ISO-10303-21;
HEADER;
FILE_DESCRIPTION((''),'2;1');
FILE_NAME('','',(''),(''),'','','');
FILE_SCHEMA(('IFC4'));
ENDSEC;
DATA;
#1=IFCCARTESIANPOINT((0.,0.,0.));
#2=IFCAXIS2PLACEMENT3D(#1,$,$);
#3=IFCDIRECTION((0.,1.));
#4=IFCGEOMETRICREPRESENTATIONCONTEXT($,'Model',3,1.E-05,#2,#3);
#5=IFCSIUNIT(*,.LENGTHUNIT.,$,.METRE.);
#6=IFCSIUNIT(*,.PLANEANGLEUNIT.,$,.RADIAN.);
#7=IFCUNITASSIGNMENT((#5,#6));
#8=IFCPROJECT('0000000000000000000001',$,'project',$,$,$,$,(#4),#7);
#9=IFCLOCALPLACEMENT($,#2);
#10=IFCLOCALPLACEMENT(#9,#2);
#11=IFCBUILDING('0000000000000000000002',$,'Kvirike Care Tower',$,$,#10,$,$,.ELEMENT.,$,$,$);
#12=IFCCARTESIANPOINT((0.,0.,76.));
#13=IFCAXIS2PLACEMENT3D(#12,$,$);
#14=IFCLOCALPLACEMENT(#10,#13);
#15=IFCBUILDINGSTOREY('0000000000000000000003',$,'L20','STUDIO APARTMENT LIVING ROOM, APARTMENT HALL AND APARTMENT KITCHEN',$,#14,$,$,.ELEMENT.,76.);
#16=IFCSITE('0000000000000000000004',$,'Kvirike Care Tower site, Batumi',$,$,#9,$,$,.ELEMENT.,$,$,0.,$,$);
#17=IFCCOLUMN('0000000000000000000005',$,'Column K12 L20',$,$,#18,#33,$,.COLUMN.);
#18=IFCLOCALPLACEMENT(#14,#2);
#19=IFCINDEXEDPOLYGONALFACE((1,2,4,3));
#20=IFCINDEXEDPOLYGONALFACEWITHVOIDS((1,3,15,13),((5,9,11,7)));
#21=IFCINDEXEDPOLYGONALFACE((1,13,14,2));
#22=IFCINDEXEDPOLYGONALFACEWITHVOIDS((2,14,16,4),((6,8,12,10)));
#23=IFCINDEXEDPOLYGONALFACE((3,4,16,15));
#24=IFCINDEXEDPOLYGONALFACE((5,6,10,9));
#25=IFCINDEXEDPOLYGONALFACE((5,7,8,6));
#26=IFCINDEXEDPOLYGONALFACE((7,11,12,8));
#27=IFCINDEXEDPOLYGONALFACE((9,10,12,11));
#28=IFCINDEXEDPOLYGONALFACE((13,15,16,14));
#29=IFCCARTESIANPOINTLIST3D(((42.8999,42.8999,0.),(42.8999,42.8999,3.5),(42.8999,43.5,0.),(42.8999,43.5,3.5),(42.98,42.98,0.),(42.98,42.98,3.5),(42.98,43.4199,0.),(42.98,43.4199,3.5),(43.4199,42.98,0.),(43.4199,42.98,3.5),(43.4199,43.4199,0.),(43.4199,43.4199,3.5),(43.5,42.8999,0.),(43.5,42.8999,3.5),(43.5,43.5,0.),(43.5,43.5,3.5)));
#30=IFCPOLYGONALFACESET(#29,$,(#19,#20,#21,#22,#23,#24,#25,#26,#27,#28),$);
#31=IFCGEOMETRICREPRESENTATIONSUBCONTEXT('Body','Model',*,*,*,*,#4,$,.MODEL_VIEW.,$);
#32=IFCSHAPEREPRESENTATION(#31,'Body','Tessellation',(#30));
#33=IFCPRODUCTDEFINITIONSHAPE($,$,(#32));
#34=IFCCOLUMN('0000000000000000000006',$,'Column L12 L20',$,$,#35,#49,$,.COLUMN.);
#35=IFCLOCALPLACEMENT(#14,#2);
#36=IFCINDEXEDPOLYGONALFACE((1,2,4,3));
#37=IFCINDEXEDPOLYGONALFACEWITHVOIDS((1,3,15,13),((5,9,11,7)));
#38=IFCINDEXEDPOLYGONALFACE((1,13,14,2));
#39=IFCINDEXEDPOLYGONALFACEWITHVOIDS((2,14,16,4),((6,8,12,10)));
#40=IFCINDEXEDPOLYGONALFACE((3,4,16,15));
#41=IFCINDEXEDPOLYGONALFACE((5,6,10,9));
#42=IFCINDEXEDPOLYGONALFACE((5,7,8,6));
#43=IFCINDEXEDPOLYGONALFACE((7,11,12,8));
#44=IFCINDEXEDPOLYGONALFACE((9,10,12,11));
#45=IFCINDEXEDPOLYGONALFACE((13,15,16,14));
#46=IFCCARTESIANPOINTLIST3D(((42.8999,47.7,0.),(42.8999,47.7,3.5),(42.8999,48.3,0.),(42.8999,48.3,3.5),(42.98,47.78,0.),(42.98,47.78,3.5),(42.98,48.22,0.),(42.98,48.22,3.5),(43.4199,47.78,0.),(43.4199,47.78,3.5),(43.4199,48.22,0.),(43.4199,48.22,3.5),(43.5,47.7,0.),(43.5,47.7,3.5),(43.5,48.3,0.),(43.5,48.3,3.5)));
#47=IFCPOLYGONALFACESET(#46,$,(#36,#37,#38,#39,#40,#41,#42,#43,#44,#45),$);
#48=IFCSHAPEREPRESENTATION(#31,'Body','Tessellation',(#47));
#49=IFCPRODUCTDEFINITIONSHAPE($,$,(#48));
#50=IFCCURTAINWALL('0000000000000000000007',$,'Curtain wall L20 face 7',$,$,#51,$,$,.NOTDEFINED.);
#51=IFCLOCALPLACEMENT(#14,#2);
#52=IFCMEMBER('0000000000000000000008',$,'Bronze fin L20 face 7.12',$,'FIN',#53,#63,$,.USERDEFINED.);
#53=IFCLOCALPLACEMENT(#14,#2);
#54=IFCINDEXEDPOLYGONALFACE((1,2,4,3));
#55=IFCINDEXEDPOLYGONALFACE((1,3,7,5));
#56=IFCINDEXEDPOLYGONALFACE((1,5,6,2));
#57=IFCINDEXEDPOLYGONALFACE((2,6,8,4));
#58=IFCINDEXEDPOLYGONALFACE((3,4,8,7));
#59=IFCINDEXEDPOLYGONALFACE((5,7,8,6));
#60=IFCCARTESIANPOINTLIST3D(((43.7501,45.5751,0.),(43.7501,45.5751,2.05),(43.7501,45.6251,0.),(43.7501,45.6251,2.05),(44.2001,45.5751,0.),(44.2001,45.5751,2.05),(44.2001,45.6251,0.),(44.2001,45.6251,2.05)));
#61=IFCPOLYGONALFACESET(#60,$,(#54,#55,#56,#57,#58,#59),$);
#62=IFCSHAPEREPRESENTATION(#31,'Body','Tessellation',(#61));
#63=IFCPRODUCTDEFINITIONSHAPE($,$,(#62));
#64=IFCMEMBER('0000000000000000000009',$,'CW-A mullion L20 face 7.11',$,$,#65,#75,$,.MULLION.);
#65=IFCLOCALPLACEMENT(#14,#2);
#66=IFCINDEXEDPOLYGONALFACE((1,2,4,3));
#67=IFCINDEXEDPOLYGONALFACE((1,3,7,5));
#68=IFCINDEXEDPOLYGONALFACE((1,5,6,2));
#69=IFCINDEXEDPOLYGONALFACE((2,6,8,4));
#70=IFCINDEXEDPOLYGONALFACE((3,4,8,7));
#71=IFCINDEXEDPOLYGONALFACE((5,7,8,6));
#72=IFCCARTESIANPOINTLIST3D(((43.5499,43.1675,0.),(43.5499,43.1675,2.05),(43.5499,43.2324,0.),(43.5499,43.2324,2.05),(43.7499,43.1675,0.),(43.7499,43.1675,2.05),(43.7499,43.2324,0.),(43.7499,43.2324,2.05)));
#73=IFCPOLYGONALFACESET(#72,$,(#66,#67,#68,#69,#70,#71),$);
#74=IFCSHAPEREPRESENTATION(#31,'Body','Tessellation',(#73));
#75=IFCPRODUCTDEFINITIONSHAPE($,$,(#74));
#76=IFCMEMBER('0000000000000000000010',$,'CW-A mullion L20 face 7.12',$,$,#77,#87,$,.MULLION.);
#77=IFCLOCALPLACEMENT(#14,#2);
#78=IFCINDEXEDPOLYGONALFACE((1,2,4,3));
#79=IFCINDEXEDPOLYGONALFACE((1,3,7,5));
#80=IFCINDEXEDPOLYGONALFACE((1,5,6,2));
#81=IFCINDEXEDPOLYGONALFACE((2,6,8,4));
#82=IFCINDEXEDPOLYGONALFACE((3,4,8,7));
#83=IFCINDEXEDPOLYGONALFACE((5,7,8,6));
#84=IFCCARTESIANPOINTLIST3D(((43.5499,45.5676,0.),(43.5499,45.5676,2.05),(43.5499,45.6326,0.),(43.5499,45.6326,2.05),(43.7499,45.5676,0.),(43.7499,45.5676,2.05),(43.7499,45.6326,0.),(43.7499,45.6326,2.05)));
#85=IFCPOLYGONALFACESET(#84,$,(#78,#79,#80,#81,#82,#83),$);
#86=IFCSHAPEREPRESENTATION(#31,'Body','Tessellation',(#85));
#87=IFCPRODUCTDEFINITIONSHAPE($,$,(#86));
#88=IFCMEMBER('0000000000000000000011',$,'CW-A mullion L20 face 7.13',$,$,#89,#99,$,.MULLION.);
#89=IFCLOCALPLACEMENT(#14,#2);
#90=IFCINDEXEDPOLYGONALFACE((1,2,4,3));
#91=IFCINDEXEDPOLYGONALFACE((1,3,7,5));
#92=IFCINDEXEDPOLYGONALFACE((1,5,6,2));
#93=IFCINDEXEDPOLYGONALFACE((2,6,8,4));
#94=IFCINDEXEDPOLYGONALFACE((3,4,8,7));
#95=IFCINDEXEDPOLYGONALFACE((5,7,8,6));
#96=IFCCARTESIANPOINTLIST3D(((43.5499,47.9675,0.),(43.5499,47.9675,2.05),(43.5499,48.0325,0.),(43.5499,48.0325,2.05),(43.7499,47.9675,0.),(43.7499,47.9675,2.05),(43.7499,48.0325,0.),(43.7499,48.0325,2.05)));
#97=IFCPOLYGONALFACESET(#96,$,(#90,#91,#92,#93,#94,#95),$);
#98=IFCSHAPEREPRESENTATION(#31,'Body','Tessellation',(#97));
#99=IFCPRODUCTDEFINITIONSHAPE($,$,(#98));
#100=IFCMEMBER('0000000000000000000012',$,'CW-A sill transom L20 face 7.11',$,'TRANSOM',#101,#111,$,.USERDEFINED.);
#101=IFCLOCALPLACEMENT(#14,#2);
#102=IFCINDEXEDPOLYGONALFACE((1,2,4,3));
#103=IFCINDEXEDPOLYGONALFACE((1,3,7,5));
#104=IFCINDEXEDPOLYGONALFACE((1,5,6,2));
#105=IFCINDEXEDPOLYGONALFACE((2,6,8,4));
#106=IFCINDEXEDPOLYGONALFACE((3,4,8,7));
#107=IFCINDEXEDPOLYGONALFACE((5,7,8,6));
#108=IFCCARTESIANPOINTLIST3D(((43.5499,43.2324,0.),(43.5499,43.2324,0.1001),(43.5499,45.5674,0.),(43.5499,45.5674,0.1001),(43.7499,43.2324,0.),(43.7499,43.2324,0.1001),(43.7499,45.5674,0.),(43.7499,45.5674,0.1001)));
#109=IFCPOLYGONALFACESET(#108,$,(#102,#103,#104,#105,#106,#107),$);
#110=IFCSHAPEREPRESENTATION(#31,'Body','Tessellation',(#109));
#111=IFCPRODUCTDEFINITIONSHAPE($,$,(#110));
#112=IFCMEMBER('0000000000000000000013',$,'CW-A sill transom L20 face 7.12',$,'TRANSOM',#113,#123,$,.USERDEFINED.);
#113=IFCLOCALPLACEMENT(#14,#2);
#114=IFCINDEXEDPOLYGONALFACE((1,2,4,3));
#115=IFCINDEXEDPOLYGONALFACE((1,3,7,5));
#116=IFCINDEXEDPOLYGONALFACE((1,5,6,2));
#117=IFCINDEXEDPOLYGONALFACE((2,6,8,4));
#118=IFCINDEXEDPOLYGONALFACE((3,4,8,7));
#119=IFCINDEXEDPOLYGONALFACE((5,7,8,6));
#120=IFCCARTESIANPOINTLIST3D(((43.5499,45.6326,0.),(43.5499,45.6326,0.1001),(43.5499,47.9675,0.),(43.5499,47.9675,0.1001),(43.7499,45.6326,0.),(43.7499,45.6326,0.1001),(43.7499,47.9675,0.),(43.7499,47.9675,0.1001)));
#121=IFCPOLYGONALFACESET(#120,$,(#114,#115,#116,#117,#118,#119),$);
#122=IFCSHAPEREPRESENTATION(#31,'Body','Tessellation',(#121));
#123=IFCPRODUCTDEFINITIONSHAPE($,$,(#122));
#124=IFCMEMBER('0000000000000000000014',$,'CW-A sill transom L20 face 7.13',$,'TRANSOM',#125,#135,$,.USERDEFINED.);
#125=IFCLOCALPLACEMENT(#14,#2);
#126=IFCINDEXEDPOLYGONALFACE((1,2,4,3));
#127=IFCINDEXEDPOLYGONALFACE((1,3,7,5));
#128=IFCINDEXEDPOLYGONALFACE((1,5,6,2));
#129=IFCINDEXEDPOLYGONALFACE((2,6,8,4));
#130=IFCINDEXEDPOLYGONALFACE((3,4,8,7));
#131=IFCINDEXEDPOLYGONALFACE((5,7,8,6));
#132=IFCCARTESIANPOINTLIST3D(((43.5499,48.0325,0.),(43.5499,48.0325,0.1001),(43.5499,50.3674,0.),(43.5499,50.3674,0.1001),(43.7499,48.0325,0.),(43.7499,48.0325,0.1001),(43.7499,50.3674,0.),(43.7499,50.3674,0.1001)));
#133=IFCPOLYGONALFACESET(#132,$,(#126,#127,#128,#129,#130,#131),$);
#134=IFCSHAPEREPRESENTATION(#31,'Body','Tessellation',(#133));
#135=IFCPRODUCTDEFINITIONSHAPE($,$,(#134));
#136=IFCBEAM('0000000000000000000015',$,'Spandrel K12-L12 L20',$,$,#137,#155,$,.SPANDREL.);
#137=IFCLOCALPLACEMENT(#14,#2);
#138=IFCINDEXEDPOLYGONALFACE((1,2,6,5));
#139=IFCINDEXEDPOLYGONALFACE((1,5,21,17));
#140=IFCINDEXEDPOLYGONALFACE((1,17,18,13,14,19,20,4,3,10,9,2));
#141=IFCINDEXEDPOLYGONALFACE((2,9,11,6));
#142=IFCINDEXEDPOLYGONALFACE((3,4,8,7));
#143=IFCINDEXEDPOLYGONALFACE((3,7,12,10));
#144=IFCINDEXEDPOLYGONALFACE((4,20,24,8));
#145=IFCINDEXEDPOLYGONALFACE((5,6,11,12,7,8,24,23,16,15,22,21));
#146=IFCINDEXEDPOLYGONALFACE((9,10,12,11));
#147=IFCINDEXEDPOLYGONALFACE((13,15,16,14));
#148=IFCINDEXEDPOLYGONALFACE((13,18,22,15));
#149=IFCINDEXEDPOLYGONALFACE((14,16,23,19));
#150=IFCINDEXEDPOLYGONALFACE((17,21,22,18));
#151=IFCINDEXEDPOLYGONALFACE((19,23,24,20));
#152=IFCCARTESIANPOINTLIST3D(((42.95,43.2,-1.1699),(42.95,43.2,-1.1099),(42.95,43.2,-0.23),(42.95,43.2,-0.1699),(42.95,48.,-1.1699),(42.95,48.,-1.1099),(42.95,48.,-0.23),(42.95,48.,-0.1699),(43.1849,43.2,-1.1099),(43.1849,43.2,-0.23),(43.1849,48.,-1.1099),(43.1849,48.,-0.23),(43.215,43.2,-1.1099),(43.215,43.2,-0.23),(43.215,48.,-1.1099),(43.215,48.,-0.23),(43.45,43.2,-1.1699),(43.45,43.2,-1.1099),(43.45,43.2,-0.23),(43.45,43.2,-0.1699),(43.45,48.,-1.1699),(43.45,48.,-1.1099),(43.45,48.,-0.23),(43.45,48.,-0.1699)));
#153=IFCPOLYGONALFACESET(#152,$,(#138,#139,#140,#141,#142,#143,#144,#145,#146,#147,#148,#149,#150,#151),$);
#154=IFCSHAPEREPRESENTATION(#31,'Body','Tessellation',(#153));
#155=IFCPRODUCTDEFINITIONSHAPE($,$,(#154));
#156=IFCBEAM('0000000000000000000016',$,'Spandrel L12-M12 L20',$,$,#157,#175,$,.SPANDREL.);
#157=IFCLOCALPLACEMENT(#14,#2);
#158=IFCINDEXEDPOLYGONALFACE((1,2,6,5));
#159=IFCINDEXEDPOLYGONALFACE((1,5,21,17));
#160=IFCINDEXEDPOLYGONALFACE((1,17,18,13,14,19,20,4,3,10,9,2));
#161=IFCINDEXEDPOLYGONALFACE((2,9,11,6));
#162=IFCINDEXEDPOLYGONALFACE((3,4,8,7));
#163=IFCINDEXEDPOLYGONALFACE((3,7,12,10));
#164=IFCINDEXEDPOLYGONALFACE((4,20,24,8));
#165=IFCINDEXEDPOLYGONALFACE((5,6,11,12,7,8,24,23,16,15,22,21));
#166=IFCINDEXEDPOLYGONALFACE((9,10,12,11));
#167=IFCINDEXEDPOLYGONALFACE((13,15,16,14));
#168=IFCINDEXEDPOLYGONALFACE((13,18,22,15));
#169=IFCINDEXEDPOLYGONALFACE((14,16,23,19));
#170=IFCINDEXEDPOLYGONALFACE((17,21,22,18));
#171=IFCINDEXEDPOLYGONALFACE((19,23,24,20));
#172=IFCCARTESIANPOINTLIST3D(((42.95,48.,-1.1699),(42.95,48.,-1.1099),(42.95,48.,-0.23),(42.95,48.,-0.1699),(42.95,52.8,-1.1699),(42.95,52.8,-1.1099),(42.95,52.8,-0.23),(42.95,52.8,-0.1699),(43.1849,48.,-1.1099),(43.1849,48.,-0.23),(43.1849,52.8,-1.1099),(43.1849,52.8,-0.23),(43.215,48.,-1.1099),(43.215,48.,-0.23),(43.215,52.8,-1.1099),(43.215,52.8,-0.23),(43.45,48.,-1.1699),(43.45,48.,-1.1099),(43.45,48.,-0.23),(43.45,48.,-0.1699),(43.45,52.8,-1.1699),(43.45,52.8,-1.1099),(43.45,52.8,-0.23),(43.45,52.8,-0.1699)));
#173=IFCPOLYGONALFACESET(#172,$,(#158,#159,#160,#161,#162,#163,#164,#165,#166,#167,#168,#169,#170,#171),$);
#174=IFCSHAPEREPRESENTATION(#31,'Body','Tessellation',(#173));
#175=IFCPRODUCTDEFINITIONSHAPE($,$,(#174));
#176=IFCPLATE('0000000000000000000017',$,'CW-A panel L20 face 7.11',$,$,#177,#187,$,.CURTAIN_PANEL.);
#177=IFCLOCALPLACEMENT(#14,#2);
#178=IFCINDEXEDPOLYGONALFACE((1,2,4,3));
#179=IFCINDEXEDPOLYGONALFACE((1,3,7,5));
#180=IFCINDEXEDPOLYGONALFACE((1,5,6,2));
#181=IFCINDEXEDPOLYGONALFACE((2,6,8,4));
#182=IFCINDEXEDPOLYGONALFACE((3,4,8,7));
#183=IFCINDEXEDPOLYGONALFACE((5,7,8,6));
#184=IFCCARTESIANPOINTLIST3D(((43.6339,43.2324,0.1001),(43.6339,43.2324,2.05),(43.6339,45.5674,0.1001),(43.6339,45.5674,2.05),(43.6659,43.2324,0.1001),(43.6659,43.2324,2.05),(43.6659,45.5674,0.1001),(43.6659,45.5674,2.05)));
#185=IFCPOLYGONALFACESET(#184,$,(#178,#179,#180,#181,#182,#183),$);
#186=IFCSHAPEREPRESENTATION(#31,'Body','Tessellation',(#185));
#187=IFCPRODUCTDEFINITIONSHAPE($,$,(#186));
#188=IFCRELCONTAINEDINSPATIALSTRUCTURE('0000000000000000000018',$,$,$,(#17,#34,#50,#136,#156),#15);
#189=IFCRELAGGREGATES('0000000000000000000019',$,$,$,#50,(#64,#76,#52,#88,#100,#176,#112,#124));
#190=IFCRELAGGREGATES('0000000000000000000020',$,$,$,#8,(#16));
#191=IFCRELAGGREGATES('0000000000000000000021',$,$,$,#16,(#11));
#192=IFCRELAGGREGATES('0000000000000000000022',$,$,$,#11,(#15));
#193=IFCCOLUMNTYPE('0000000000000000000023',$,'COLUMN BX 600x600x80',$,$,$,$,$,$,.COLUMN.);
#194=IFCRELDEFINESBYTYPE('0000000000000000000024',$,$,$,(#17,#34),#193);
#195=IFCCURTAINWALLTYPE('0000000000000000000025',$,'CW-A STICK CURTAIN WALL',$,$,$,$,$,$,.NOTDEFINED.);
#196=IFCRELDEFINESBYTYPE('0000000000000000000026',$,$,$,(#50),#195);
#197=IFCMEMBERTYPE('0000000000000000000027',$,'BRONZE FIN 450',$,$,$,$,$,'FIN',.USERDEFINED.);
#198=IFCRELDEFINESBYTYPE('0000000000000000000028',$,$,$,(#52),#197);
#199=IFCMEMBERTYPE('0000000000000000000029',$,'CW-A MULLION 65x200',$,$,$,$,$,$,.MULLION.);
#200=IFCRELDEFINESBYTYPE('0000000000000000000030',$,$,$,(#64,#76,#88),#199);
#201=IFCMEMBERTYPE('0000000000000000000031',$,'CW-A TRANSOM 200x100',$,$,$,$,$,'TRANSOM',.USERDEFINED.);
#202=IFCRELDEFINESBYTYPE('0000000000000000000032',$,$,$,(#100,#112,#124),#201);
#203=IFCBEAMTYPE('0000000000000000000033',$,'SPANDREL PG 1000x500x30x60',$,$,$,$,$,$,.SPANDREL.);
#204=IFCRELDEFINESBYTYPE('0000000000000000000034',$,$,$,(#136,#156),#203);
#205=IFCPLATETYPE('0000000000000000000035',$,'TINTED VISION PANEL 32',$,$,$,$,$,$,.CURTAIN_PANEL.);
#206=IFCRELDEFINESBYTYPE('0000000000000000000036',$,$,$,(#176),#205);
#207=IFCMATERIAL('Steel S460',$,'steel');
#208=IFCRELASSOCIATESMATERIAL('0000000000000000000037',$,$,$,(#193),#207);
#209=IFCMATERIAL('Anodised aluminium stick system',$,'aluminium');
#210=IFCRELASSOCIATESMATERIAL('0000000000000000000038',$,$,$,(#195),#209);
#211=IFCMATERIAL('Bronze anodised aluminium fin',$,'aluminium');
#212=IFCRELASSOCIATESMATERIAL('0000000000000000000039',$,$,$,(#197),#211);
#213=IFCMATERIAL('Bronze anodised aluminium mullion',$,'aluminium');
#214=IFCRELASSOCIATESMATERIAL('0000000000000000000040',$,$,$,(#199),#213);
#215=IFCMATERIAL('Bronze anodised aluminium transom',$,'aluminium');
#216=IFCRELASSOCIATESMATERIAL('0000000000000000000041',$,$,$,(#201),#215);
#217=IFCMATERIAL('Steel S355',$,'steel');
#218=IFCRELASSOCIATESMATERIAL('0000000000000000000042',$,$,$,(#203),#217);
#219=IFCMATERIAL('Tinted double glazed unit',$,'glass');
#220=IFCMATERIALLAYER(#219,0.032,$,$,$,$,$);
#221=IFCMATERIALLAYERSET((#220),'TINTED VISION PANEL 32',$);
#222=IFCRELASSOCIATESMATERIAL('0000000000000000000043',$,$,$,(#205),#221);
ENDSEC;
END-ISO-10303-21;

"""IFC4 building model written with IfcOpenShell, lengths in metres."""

from ifc_helpers import new_model, si_unit, direction, frame, origin, origin_2d, place, context, subcontext, project, spatial, rectangle, hollow_rectangle, i_section, extrude, material, layer, layer_set, material_profile, profile_set, type_object, element, aggregate, save


model = new_model("IFC4")

# Units and contexts
model_context = context("Model", 3, precision=1e-05, world=origin(), true_north=direction((0.0, 1.0)))
body_context = subcontext(model_context, "Body", "Model", "MODEL_VIEW")
ifc_project = project(units=[si_unit("LENGTHUNIT", "METRE"), si_unit("PLANEANGLEUNIT", "RADIAN")], contexts=[model_context])

# Site, building, storey
site_placement = place(None, origin())
site = spatial("IfcSite", under=ifc_project, at=site_placement, Name="Kvirike Care Tower site, Batumi", CompositionType="ELEMENT", RefElevation=0.0)
building_placement = place(site_placement, origin())
building = spatial("IfcBuilding", under=site, at=building_placement, Name="Kvirike Care Tower", CompositionType="ELEMENT")
storey_placement = place(building_placement, frame((0.0, 0.0, 76.0)))
storey = spatial("IfcBuildingStorey", under=building, at=storey_placement, Name="L20", Description="STUDIO APARTMENT LIVING ROOM, APARTMENT HALL AND APARTMENT KITCHEN", CompositionType="ELEMENT", Elevation=76.0)

# Columns
ifc_material_1 = material(Name="Steel S460", Category="steel")
ifc_material_profile_1 = material_profile(ifc_material_1, hollow_rectangle(XDim=0.6001, YDim=0.6001, WallThickness=0.0801, at=origin_2d()), Name="BX 600x600x80")
ifc_profile_set_1 = profile_set([ifc_material_profile_1], Name="Steel S460")
column_type = type_object("IfcColumnType", Name="COLUMN BX 600x600x80", PredefinedType="COLUMN", material=ifc_profile_set_1)
for number, where, z_axis, x_axis, name in (
    (1, (43.2, 43.2, 0.0), (0.0, 0.0, 1.0), (0.0, 1.0, 0.0), "Column K12 L20"),
    (2, (43.2, 48.0, 0.0), (0.0, 0.0, 1.0), (1.0, 0.0, 0.0), "Column L12 L20"),
):
    element("IfcColumn", number, at=place(storey_placement, frame(where, z_axis=z_axis, x_axis=x_axis)), inside=storey, type_object=column_type, Name=name, PredefinedType="COLUMN", context=body_context, shape_type="SweptSolid", body=[
        extrude(hollow_rectangle(XDim=0.6001, YDim=0.6001, WallThickness=0.0801, at=origin_2d()), origin(), (0.0, 0.0, 1.0), 3.5),
    ])

# Curtain wall, members
ifc_material_2 = material(Name="Anodised aluminium stick system", Category="aluminium")
curtain_wall_type = type_object("IfcCurtainWallType", Name="CW-A STICK CURTAIN WALL", PredefinedType="NOTDEFINED", material=ifc_material_2)
curtain_wall_placement = place(storey_placement, origin())
curtain_wall = element("IfcCurtainWall", 3, at=curtain_wall_placement, inside=storey, type_object=curtain_wall_type, Name="Curtain wall L20 face 7", PredefinedType="NOTDEFINED")
ifc_material_3 = material(Name="Bronze anodised aluminium fin", Category="aluminium")
ifc_material_profile_2 = material_profile(ifc_material_3, rectangle(XDim=0.05, YDim=0.45, at=origin_2d()), Name="BRONZE FIN 450")
ifc_profile_set_2 = profile_set([ifc_material_profile_2], Name="Bronze anodised aluminium fin")
member_type_1 = type_object("IfcMemberType", Name="BRONZE FIN 450", ElementType="FIN", PredefinedType="USERDEFINED", material=ifc_profile_set_2)
member_1_placement = place(storey_placement, frame((43.9751, 45.6001, 0.0), z_axis=(0.0, 0.0, 1.0), x_axis=(0.0, 1.0, 0.0)))
member_1 = element("IfcMember", 4, at=member_1_placement, type_object=member_type_1, Name="Bronze fin L20 face 7.12", ObjectType="FIN", PredefinedType="USERDEFINED", context=body_context, shape_type="SweptSolid", body=[
    extrude(rectangle(XDim=0.05, YDim=0.45, at=origin_2d()), origin(), (0.0, 0.0, 1.0), 2.05),
])
ifc_material_4 = material(Name="Bronze anodised aluminium mullion", Category="aluminium")
ifc_material_profile_3 = material_profile(ifc_material_4, rectangle(XDim=0.0649, YDim=0.2, at=origin_2d()), Name="CW-A MULLION 65x200")
ifc_profile_set_3 = profile_set([ifc_material_profile_3], Name="Bronze anodised aluminium mullion")
member_type_2 = type_object("IfcMemberType", Name="CW-A MULLION 65x200", PredefinedType="MULLION", material=ifc_profile_set_3)
member_2_placement = place(storey_placement, frame((43.6499, 43.2, 0.0), z_axis=(0.0, 0.0, 1.0), x_axis=(0.0, 1.0, 0.0)))
member_2 = element("IfcMember", 5, at=member_2_placement, type_object=member_type_2, Name="CW-A mullion L20 face 7.11", PredefinedType="MULLION", context=body_context, shape_type="SweptSolid", body=[
    extrude(rectangle(XDim=0.0649, YDim=0.2, at=origin_2d()), origin(), (0.0, 0.0, 1.0), 2.05),
])
member_3_placement = place(storey_placement, frame((43.6499, 45.6001, 0.0), z_axis=(0.0, 0.0, 1.0), x_axis=(0.0, 1.0, 0.0)))
member_3 = element("IfcMember", 6, at=member_3_placement, type_object=member_type_2, Name="CW-A mullion L20 face 7.12", PredefinedType="MULLION", context=body_context, shape_type="SweptSolid", body=[
    extrude(rectangle(XDim=0.0649, YDim=0.2, at=origin_2d()), origin(), (0.0, 0.0, 1.0), 2.05),
])
member_4_placement = place(storey_placement, frame((43.6499, 48.0, 0.0), z_axis=(0.0, 0.0, 1.0), x_axis=(0.0, 1.0, 0.0)))
member_4 = element("IfcMember", 7, at=member_4_placement, type_object=member_type_2, Name="CW-A mullion L20 face 7.13", PredefinedType="MULLION", context=body_context, shape_type="SweptSolid", body=[
    extrude(rectangle(XDim=0.0649, YDim=0.2, at=origin_2d()), origin(), (0.0, 0.0, 1.0), 2.05),
])
ifc_material_5 = material(Name="Bronze anodised aluminium transom", Category="aluminium")
ifc_material_profile_4 = material_profile(ifc_material_5, rectangle(XDim=0.2, YDim=0.1001, at=origin_2d()), Name="CW-A TRANSOM 200x100")
ifc_profile_set_4 = profile_set([ifc_material_profile_4], Name="Bronze anodised aluminium transom")
member_type_3 = type_object("IfcMemberType", Name="CW-A TRANSOM 200x100", ElementType="TRANSOM", PredefinedType="USERDEFINED", material=ifc_profile_set_4)
member_5_placement = place(storey_placement, frame((43.6499, 43.2324, 0.05), z_axis=(0.0, 1.0, 0.0), x_axis=(-1.0, 0.0, 0.0)))
member_5 = element("IfcMember", 8, at=member_5_placement, type_object=member_type_3, Name="CW-A sill transom L20 face 7.11", ObjectType="TRANSOM", PredefinedType="USERDEFINED", context=body_context, shape_type="SweptSolid", body=[
    extrude(rectangle(XDim=0.2, YDim=0.1001, at=origin_2d()), origin(), (0.0, 0.0, 1.0), 2.335),
])
member_6_placement = place(storey_placement, frame((43.6499, 45.6326, 0.05), z_axis=(0.0, 1.0, 0.0), x_axis=(-1.0, 0.0, 0.0)))
member_6 = element("IfcMember", 9, at=member_6_placement, type_object=member_type_3, Name="CW-A sill transom L20 face 7.12", ObjectType="TRANSOM", PredefinedType="USERDEFINED", context=body_context, shape_type="SweptSolid", body=[
    extrude(rectangle(XDim=0.2, YDim=0.1001, at=origin_2d()), origin(), (0.0, 0.0, 1.0), 2.335),
])
member_7_placement = place(storey_placement, frame((43.6499, 48.0325, 0.05), z_axis=(0.0, 1.0, 0.0), x_axis=(-1.0, 0.0, 0.0)))
member_7 = element("IfcMember", 10, at=member_7_placement, type_object=member_type_3, Name="CW-A sill transom L20 face 7.13", ObjectType="TRANSOM", PredefinedType="USERDEFINED", context=body_context, shape_type="SweptSolid", body=[
    extrude(rectangle(XDim=0.2, YDim=0.1001, at=origin_2d()), origin(), (0.0, 0.0, 1.0), 2.335),
])

# Beams
ifc_material_6 = material(Name="Steel S355", Category="steel")
ifc_material_profile_5 = material_profile(ifc_material_6, i_section(OverallWidth=0.5, OverallDepth=1.0, WebThickness=0.03, FlangeThickness=0.0601, at=origin_2d()), Name="PG 1000x500x30x60")
ifc_profile_set_5 = profile_set([ifc_material_profile_5], Name="Steel S355")
beam_type = type_object("IfcBeamType", Name="SPANDREL PG 1000x500x30x60", PredefinedType="SPANDREL", material=ifc_profile_set_5)
for number, where, z_axis, x_axis, name in (
    (11, (43.2, 43.2, -0.6699), (0.0, 1.0, 0.0), (-1.0, 0.0, 0.0), "Spandrel K12-L12 L20"),
    (12, (43.2, 48.0, -0.6699), (0.0, 1.0, 0.0), (-1.0, 0.0, 0.0), "Spandrel L12-M12 L20"),
):
    element("IfcBeam", number, at=place(storey_placement, frame(where, z_axis=z_axis, x_axis=x_axis)), inside=storey, type_object=beam_type, Name=name, PredefinedType="SPANDREL", context=body_context, shape_type="SweptSolid", body=[
        extrude(i_section(OverallWidth=0.5, OverallDepth=1.0, WebThickness=0.03, FlangeThickness=0.0601, at=origin_2d()), origin(), (0.0, 0.0, 1.0), 4.8),
    ])

# Plate
ifc_material_7 = material(Name="Tinted double glazed unit", Category="glass")
ifc_layer_1 = layer(ifc_material_7, 0.032)
ifc_layer_set_1 = layer_set([ifc_layer_1], Name="TINTED VISION PANEL 32")
plate_type = type_object("IfcPlateType", Name="TINTED VISION PANEL 32", PredefinedType="CURTAIN_PANEL", material=ifc_layer_set_1)
plate_1_placement = place(storey_placement, frame((43.6499, 44.3999, 0.1001), z_axis=(0.0, 0.0, 1.0), x_axis=(0.0, 1.0, 0.0)))
plate_1 = element("IfcPlate", 13, at=plate_1_placement, type_object=plate_type, Name="CW-A panel L20 face 7.11", PredefinedType="CURTAIN_PANEL", context=body_context, shape_type="SweptSolid", body=[
    extrude(rectangle(XDim=2.335, YDim=0.032, at=origin_2d()), origin(), (0.0, 0.0, 1.0), 1.95),
])
aggregate(curtain_wall, [member_2, member_3, member_1, member_4, member_5, plate_1, member_6, member_7])

save(model, "model.ifc")
